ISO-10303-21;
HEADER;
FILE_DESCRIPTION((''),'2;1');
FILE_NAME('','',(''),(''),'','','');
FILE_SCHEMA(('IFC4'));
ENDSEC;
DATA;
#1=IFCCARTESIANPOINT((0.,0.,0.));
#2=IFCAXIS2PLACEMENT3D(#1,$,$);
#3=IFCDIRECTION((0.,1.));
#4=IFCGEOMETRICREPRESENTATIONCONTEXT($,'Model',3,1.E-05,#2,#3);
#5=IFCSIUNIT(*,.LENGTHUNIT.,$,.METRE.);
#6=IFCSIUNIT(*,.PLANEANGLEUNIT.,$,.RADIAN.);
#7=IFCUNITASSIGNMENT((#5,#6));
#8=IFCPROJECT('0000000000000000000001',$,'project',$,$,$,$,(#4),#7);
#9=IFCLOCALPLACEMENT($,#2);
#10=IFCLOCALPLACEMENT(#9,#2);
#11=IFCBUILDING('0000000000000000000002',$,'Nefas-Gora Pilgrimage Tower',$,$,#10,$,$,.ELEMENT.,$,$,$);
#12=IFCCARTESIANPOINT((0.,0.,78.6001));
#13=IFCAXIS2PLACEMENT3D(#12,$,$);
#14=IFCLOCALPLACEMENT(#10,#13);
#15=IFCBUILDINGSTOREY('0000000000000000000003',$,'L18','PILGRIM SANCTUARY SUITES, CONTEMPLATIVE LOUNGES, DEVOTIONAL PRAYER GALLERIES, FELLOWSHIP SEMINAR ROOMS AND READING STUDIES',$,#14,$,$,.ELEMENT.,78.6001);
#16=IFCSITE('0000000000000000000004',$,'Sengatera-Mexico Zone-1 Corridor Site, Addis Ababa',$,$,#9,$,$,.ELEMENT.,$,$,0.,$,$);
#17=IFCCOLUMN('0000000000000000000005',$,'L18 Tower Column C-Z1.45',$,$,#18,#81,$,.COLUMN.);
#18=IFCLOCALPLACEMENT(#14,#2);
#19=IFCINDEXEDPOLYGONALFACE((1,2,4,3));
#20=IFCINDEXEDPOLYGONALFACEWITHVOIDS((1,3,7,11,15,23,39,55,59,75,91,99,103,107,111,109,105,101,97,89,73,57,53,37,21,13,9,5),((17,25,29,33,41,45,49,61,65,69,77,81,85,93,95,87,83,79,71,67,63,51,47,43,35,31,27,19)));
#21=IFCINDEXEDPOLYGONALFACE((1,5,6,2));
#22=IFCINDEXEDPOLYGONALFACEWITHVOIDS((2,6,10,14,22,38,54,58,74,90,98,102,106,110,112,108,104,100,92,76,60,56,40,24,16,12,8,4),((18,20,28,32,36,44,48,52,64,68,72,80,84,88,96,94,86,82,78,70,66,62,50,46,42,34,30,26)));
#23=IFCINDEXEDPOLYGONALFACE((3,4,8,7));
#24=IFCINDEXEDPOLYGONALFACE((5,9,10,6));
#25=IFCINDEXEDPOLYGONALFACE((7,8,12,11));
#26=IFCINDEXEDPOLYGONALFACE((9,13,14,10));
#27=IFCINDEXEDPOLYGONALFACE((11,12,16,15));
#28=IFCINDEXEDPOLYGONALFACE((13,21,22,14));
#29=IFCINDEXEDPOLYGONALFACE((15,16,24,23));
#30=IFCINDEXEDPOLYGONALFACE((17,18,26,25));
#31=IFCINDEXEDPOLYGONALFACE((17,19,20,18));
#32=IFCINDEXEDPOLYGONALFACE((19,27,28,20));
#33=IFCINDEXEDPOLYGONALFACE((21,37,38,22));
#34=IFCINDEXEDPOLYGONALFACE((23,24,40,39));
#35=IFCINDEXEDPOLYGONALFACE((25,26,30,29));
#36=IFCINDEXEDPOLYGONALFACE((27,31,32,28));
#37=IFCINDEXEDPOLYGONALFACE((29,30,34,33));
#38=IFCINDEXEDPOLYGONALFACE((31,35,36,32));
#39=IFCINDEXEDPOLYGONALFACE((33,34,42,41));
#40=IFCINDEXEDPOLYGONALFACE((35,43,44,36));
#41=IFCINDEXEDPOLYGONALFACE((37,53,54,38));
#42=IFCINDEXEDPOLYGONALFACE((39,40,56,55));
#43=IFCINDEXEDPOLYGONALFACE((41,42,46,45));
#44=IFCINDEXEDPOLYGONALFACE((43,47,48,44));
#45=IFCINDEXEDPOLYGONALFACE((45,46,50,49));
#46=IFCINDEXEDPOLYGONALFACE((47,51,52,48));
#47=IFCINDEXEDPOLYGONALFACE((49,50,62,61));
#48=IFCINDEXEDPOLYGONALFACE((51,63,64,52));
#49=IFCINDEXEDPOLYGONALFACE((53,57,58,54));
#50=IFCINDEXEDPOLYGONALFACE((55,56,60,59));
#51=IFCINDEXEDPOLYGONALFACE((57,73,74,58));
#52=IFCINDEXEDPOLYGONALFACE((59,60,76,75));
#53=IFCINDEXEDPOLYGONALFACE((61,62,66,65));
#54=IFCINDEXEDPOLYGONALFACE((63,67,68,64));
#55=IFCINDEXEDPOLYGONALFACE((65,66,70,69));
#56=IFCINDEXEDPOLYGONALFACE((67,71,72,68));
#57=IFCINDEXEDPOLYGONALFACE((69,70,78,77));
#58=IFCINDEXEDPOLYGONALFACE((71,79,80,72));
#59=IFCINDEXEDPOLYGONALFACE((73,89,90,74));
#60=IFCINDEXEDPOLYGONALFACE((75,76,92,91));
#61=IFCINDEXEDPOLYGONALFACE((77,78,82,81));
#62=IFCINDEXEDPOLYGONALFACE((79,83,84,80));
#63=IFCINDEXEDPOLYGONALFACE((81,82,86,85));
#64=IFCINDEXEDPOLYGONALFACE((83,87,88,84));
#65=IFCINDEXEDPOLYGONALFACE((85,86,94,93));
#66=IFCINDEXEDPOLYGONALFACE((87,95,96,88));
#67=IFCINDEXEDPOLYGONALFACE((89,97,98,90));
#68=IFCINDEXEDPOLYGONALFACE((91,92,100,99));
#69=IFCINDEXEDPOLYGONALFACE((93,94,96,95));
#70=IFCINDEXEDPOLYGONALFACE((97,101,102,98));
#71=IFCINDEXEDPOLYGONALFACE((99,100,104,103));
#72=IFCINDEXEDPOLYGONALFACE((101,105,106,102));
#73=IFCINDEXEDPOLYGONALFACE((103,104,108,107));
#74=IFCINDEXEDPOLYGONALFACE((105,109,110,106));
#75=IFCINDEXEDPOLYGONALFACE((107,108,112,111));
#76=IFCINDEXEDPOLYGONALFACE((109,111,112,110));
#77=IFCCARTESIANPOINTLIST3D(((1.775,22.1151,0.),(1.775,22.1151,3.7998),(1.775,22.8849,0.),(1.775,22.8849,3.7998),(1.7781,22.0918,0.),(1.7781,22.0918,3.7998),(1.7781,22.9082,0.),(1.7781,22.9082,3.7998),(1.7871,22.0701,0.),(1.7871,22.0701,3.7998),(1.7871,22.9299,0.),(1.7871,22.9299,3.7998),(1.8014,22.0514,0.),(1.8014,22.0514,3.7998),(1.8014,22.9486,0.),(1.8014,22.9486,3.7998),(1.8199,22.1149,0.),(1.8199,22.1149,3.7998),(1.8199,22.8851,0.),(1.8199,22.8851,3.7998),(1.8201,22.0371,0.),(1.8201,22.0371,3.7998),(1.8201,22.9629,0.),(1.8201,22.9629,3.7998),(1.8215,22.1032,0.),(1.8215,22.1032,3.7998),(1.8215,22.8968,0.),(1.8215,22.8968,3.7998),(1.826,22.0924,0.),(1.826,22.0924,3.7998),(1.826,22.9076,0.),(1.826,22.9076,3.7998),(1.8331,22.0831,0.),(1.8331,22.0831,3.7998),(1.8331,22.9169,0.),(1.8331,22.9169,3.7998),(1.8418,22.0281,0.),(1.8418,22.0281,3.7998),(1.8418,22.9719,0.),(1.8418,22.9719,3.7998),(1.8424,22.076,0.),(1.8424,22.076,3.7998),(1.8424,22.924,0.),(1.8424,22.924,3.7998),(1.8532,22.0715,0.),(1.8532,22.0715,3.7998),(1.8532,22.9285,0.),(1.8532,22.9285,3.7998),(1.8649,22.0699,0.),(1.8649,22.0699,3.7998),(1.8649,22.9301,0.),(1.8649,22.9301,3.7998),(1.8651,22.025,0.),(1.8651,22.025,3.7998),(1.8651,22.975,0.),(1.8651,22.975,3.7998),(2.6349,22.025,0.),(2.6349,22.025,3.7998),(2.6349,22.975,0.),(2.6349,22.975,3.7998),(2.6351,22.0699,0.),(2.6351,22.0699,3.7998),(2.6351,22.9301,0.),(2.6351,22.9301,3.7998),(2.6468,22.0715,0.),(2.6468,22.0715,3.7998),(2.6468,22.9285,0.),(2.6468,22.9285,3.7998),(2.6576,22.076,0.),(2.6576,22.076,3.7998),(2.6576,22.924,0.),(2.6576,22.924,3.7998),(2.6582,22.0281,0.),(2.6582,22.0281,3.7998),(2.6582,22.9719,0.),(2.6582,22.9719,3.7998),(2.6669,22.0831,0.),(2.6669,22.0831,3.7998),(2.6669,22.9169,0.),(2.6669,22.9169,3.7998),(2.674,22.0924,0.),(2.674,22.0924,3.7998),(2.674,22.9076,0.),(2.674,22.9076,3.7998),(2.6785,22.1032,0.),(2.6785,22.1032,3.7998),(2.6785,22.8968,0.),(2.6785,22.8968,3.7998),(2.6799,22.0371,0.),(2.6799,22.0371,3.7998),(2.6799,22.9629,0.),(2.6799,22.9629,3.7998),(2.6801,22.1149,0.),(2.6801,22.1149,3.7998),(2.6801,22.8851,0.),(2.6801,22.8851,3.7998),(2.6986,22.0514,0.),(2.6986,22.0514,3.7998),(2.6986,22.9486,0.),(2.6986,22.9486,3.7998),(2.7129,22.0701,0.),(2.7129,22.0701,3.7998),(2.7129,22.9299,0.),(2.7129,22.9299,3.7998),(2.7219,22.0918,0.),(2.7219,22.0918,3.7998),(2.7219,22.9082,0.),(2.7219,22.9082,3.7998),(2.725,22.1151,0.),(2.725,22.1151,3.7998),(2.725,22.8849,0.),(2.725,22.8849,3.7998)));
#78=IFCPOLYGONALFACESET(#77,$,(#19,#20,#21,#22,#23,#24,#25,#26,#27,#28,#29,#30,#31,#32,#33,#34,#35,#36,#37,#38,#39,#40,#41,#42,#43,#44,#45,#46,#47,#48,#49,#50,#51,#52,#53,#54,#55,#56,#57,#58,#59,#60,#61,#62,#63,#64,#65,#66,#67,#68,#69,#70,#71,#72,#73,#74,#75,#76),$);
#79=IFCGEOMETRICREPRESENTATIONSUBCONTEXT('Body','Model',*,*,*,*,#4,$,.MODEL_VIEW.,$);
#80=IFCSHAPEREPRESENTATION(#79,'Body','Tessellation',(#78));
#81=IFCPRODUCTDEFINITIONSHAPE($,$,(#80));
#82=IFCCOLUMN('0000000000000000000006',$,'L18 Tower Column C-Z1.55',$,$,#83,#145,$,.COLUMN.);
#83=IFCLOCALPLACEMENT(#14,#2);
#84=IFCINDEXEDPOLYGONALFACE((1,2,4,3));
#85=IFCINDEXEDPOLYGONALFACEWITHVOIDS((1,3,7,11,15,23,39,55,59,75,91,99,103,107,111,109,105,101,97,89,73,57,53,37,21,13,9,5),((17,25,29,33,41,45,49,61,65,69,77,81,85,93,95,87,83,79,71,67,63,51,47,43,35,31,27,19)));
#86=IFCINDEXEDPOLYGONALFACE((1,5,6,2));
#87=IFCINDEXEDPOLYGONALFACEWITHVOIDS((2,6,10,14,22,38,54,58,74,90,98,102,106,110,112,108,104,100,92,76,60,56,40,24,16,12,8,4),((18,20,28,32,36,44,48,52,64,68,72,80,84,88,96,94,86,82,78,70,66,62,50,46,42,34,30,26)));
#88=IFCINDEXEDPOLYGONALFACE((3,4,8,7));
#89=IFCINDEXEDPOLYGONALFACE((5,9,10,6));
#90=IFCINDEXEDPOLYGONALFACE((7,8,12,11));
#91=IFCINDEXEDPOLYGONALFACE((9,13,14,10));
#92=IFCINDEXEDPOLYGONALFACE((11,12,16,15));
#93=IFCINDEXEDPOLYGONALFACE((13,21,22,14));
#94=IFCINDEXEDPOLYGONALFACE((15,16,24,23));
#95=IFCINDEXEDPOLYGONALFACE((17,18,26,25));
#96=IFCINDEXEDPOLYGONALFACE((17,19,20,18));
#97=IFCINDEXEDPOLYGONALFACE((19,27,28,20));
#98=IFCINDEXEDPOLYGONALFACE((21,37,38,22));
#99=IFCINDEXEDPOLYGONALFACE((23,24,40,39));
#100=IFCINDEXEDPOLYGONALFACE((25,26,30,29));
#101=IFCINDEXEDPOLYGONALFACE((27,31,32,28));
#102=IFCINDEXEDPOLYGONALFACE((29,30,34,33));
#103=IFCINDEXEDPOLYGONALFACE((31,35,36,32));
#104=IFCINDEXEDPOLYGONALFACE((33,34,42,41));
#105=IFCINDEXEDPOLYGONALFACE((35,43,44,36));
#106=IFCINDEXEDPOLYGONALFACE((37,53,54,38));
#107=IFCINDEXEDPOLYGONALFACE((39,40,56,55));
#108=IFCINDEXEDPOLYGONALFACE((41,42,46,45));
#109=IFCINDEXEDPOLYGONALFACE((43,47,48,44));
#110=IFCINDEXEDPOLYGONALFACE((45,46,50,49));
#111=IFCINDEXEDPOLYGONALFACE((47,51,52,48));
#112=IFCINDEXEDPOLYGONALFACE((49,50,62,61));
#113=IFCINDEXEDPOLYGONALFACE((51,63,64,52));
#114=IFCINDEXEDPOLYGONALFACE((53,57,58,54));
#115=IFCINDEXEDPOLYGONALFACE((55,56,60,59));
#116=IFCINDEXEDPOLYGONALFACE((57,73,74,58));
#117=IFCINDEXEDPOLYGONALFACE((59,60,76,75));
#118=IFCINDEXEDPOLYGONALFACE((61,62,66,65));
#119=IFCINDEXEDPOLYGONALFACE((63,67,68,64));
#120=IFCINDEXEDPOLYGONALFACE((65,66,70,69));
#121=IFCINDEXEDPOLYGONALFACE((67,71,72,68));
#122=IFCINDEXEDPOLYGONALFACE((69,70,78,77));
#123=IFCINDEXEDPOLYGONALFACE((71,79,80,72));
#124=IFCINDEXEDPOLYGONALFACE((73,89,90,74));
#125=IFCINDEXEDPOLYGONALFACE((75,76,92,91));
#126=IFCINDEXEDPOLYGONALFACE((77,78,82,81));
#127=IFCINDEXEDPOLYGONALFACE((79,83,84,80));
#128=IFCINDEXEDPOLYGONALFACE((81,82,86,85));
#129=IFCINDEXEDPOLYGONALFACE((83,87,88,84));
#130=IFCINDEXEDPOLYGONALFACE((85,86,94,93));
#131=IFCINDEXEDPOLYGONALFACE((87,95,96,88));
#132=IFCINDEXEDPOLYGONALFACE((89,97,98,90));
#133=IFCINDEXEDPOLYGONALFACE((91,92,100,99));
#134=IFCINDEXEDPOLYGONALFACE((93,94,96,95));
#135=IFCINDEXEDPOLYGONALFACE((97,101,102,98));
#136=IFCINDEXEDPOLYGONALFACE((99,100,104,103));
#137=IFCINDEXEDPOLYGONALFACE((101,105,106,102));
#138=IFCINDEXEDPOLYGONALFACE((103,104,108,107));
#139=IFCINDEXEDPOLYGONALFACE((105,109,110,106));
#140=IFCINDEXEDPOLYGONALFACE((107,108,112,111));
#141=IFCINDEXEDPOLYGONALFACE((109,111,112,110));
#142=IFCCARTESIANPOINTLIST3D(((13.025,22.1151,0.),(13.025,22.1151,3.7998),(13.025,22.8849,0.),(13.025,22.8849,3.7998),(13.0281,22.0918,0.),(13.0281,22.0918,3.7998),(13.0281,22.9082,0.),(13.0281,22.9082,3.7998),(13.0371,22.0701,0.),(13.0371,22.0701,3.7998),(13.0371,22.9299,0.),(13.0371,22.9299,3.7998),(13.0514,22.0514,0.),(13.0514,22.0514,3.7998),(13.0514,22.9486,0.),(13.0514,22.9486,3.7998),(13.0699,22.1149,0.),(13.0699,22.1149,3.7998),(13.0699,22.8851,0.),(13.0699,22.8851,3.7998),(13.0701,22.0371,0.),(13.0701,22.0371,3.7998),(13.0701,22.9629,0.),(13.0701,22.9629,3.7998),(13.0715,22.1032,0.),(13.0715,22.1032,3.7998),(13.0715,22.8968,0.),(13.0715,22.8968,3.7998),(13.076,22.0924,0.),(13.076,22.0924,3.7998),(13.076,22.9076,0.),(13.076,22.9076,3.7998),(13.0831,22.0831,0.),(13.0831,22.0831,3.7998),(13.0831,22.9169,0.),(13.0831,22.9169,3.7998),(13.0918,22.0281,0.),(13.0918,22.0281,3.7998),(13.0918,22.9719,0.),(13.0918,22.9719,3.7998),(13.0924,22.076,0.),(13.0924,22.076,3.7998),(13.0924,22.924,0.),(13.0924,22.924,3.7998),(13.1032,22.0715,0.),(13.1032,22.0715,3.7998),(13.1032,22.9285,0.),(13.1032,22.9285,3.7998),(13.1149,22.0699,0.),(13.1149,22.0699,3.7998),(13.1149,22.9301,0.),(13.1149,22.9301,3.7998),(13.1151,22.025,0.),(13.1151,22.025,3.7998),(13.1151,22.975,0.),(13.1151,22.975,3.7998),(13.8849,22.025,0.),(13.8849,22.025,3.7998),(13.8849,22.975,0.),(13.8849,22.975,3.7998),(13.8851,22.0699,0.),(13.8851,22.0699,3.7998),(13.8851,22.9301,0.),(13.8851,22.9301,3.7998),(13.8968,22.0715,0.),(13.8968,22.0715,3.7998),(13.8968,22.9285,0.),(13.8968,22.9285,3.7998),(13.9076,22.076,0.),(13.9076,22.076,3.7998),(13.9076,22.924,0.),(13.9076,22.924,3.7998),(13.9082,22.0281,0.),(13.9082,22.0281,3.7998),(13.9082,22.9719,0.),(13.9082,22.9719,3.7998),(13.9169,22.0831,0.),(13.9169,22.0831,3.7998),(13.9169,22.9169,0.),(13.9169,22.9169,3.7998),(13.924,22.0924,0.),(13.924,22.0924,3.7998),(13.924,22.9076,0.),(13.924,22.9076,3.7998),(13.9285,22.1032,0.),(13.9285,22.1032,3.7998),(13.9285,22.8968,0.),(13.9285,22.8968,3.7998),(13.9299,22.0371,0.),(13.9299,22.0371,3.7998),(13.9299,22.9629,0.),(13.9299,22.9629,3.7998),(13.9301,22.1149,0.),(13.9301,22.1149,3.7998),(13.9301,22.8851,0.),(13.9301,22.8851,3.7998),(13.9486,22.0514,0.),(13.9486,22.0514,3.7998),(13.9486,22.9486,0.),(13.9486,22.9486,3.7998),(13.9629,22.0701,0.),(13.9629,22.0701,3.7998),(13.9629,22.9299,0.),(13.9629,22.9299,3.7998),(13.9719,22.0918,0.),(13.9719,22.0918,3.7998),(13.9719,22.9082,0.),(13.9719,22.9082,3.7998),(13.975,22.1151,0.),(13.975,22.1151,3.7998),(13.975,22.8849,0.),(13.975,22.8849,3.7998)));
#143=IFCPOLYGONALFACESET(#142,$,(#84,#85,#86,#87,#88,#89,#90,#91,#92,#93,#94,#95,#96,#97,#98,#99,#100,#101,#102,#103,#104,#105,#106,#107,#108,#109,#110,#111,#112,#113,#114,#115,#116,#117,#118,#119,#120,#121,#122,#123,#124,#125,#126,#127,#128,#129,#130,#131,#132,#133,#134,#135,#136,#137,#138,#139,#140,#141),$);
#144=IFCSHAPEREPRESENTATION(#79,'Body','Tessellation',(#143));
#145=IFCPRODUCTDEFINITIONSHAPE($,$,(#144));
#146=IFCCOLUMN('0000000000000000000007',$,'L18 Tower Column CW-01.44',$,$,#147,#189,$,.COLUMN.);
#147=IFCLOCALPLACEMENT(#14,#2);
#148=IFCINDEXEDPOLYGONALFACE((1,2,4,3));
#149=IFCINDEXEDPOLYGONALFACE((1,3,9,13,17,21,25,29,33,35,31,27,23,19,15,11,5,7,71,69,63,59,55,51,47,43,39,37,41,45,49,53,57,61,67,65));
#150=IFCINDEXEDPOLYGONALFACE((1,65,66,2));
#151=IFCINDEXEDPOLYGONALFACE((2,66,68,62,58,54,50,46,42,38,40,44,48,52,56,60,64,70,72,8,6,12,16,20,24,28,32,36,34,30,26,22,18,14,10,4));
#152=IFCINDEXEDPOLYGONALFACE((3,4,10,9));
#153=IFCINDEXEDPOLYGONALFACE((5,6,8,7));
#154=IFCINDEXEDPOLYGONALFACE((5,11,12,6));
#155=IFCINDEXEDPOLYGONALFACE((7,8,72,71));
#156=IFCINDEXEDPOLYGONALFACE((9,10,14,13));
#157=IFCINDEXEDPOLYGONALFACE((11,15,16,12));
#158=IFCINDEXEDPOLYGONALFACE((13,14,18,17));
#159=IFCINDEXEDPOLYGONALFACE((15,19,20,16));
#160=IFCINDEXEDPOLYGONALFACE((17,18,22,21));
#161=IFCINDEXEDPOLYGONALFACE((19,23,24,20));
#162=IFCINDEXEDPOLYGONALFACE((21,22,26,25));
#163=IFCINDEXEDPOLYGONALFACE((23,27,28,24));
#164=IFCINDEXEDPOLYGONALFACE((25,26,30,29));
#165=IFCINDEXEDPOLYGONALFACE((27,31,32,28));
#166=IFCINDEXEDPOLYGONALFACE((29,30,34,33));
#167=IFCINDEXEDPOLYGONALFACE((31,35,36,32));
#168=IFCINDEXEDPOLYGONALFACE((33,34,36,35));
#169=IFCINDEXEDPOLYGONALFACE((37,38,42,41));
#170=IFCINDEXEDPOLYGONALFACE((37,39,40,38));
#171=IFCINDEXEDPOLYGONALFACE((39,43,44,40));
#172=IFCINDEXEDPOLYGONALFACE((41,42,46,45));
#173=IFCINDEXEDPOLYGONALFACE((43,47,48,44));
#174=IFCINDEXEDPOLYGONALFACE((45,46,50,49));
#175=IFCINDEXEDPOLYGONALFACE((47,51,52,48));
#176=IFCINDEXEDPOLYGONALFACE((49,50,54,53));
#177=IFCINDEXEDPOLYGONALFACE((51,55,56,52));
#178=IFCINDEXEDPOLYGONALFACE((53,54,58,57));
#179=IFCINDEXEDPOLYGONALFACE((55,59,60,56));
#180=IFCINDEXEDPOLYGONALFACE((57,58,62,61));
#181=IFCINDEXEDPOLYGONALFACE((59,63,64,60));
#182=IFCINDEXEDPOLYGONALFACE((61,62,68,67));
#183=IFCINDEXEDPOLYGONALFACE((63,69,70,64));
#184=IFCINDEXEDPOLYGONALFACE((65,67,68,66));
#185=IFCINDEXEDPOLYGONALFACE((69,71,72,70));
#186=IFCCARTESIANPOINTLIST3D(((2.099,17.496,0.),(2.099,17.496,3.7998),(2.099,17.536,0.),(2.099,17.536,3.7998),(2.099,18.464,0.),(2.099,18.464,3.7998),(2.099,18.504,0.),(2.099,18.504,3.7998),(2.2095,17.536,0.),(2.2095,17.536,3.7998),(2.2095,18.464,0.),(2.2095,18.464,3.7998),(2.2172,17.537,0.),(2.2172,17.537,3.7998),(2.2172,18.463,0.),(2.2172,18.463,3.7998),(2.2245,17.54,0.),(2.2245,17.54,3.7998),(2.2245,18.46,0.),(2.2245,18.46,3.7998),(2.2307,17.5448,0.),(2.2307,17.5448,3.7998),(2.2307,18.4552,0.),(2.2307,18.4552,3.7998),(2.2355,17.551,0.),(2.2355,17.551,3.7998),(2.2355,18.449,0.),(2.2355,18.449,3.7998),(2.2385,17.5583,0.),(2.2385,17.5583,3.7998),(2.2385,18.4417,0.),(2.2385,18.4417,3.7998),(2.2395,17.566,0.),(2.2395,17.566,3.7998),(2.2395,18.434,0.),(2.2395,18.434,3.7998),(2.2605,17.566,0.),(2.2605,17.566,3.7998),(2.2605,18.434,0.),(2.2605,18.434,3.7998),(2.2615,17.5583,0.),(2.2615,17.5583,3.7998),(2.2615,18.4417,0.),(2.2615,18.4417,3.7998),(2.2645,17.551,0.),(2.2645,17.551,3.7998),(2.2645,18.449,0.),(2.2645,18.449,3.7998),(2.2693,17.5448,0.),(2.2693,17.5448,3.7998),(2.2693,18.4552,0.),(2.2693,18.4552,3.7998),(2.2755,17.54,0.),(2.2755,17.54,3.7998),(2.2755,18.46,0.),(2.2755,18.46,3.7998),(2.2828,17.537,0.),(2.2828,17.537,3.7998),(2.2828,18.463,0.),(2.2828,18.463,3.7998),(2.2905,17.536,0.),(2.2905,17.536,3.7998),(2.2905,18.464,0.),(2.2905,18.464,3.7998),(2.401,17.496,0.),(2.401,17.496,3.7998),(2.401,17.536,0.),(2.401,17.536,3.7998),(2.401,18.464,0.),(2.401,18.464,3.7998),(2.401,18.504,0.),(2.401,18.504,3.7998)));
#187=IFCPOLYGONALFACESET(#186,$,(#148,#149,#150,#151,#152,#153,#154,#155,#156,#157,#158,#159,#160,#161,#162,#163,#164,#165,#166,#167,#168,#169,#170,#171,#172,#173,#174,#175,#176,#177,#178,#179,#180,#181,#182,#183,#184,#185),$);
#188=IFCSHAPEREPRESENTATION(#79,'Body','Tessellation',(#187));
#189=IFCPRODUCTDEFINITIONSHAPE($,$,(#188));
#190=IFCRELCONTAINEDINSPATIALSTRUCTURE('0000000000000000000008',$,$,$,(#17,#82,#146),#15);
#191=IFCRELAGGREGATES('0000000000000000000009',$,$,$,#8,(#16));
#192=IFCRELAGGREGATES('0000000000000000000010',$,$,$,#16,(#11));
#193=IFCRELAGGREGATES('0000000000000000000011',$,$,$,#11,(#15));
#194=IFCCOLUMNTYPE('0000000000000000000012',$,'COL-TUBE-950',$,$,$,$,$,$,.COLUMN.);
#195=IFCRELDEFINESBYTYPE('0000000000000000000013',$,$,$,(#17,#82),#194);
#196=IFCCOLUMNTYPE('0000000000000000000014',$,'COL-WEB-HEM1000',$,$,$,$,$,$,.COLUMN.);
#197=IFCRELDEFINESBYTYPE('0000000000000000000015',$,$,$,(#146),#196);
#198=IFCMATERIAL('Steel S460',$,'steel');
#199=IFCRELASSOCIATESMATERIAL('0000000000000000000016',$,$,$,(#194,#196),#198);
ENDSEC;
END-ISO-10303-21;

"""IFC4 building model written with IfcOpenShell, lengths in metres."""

from ifc_helpers import new_model, si_unit, direction, frame, origin, origin_2d, place, context, subcontext, project, spatial, hollow_rectangle, i_section, extrude, source, transform, mapped, material, material_profile, profile_set, type_object, element, save


model = new_model("IFC4")

# Units and contexts
model_context = context("Model", 3, precision=1e-05, world=origin(), true_north=direction((0.0, 1.0)))
body_context = subcontext(model_context, "Body", "Model", "MODEL_VIEW")
ifc_project = project(units=[si_unit("LENGTHUNIT", "METRE"), si_unit("PLANEANGLEUNIT", "RADIAN")], contexts=[model_context])

# Site, building, storey
site_placement = place(None, origin())
site = spatial("IfcSite", under=ifc_project, at=site_placement, Name="Sengatera-Mexico Zone-1 Corridor Site, Addis Ababa", CompositionType="ELEMENT", RefElevation=0.0)
building_placement = place(site_placement, origin())
building = spatial("IfcBuilding", under=site, at=building_placement, Name="Nefas-Gora Pilgrimage Tower", CompositionType="ELEMENT")
storey_placement = place(building_placement, frame((0.0, 0.0, 78.6001)))
storey = spatial("IfcBuildingStorey", under=building, at=storey_placement, Name="L18", Description="PILGRIM SANCTUARY SUITES, CONTEMPLATIVE LOUNGES, DEVOTIONAL PRAYER GALLERIES, FELLOWSHIP SEMINAR ROOMS AND READING STUDIES", CompositionType="ELEMENT", Elevation=78.6001)

# Columns
ifc_material_1 = material(Name="Steel S460", Category="steel")
ifc_material_profile_1 = material_profile(ifc_material_1, hollow_rectangle(XDim=0.95, YDim=0.95, WallThickness=0.0449, InnerFilletRadius=0.0449, OuterFilletRadius=0.0901, at=origin_2d()), Name="BOX 950x950x45")
ifc_profile_set_1 = profile_set([ifc_material_profile_1], Name="Steel S460")
column_type_1 = type_object("IfcColumnType", Name="COL-TUBE-950", PredefinedType="COLUMN", material=ifc_profile_set_1)
shared_shape_1 = source(origin(), body_context, "Body", "SweptSolid", [
    extrude(hollow_rectangle(XDim=0.95, YDim=0.95, WallThickness=0.0449, InnerFilletRadius=0.0449, OuterFilletRadius=0.0901, at=origin_2d()), origin(), (0.0, 0.0, 1.0), 3.7998),
])
for number, where, z_axis, x_axis, name in (
    (1, (2.25, 22.5, 0.0), (0.0, 0.0, 1.0), (1.0, 0.0, 0.0), "L18 Tower Column C-Z1.45"),
    (2, (13.5, 22.5, 0.0), (0.0, 0.0, 1.0), (1.0, 0.0, 0.0), "L18 Tower Column C-Z1.55"),
):
    element("IfcColumn", number, at=place(storey_placement, frame(where, z_axis=z_axis, x_axis=x_axis)), inside=storey, type_object=column_type_1, Name=name, PredefinedType="COLUMN", context=body_context, shape_type="MappedRepresentation", body=[
        mapped(shared_shape_1, transform((0.0, 0.0, 0.0), x_axis=(1.0, 0.0, 0.0), y_axis=(0.0, 1.0, 0.0), z_axis=(0.0, 0.0, 1.0), scale=1.0)),
    ])
ifc_material_profile_2 = material_profile(ifc_material_1, i_section(OverallWidth=0.302, OverallDepth=1.0081, WebThickness=0.021, FlangeThickness=0.04, FilletRadius=0.03, at=origin_2d()), Name="HEM 1000")
ifc_profile_set_2 = profile_set([ifc_material_profile_2], Name="Steel S460")
column_type_2 = type_object("IfcColumnType", Name="COL-WEB-HEM1000", PredefinedType="COLUMN", material=ifc_profile_set_2)
shared_shape_2 = source(origin(), body_context, "Body", "SweptSolid", [
    extrude(i_section(OverallWidth=0.302, OverallDepth=1.0081, WebThickness=0.021, FlangeThickness=0.04, FilletRadius=0.03, at=origin_2d()), origin(), (0.0, 0.0, 1.0), 3.7998),
])
for number, where, z_axis, x_axis, name in (
    (3, (2.25, 18.0, 0.0), (0.0, 0.0, 1.0), (1.0, 0.0, 0.0), "L18 Tower Column CW-01.44"),
):
    element("IfcColumn", number, at=place(storey_placement, frame(where, z_axis=z_axis, x_axis=x_axis)), inside=storey, type_object=column_type_2, Name=name, PredefinedType="COLUMN", context=body_context, shape_type="MappedRepresentation", body=[
        mapped(shared_shape_2, transform((0.0, 0.0, 0.0), x_axis=(1.0, 0.0, 0.0), y_axis=(0.0, 1.0, 0.0), z_axis=(0.0, 0.0, 1.0), scale=1.0)),
    ])

save(model, "model.ifc")
